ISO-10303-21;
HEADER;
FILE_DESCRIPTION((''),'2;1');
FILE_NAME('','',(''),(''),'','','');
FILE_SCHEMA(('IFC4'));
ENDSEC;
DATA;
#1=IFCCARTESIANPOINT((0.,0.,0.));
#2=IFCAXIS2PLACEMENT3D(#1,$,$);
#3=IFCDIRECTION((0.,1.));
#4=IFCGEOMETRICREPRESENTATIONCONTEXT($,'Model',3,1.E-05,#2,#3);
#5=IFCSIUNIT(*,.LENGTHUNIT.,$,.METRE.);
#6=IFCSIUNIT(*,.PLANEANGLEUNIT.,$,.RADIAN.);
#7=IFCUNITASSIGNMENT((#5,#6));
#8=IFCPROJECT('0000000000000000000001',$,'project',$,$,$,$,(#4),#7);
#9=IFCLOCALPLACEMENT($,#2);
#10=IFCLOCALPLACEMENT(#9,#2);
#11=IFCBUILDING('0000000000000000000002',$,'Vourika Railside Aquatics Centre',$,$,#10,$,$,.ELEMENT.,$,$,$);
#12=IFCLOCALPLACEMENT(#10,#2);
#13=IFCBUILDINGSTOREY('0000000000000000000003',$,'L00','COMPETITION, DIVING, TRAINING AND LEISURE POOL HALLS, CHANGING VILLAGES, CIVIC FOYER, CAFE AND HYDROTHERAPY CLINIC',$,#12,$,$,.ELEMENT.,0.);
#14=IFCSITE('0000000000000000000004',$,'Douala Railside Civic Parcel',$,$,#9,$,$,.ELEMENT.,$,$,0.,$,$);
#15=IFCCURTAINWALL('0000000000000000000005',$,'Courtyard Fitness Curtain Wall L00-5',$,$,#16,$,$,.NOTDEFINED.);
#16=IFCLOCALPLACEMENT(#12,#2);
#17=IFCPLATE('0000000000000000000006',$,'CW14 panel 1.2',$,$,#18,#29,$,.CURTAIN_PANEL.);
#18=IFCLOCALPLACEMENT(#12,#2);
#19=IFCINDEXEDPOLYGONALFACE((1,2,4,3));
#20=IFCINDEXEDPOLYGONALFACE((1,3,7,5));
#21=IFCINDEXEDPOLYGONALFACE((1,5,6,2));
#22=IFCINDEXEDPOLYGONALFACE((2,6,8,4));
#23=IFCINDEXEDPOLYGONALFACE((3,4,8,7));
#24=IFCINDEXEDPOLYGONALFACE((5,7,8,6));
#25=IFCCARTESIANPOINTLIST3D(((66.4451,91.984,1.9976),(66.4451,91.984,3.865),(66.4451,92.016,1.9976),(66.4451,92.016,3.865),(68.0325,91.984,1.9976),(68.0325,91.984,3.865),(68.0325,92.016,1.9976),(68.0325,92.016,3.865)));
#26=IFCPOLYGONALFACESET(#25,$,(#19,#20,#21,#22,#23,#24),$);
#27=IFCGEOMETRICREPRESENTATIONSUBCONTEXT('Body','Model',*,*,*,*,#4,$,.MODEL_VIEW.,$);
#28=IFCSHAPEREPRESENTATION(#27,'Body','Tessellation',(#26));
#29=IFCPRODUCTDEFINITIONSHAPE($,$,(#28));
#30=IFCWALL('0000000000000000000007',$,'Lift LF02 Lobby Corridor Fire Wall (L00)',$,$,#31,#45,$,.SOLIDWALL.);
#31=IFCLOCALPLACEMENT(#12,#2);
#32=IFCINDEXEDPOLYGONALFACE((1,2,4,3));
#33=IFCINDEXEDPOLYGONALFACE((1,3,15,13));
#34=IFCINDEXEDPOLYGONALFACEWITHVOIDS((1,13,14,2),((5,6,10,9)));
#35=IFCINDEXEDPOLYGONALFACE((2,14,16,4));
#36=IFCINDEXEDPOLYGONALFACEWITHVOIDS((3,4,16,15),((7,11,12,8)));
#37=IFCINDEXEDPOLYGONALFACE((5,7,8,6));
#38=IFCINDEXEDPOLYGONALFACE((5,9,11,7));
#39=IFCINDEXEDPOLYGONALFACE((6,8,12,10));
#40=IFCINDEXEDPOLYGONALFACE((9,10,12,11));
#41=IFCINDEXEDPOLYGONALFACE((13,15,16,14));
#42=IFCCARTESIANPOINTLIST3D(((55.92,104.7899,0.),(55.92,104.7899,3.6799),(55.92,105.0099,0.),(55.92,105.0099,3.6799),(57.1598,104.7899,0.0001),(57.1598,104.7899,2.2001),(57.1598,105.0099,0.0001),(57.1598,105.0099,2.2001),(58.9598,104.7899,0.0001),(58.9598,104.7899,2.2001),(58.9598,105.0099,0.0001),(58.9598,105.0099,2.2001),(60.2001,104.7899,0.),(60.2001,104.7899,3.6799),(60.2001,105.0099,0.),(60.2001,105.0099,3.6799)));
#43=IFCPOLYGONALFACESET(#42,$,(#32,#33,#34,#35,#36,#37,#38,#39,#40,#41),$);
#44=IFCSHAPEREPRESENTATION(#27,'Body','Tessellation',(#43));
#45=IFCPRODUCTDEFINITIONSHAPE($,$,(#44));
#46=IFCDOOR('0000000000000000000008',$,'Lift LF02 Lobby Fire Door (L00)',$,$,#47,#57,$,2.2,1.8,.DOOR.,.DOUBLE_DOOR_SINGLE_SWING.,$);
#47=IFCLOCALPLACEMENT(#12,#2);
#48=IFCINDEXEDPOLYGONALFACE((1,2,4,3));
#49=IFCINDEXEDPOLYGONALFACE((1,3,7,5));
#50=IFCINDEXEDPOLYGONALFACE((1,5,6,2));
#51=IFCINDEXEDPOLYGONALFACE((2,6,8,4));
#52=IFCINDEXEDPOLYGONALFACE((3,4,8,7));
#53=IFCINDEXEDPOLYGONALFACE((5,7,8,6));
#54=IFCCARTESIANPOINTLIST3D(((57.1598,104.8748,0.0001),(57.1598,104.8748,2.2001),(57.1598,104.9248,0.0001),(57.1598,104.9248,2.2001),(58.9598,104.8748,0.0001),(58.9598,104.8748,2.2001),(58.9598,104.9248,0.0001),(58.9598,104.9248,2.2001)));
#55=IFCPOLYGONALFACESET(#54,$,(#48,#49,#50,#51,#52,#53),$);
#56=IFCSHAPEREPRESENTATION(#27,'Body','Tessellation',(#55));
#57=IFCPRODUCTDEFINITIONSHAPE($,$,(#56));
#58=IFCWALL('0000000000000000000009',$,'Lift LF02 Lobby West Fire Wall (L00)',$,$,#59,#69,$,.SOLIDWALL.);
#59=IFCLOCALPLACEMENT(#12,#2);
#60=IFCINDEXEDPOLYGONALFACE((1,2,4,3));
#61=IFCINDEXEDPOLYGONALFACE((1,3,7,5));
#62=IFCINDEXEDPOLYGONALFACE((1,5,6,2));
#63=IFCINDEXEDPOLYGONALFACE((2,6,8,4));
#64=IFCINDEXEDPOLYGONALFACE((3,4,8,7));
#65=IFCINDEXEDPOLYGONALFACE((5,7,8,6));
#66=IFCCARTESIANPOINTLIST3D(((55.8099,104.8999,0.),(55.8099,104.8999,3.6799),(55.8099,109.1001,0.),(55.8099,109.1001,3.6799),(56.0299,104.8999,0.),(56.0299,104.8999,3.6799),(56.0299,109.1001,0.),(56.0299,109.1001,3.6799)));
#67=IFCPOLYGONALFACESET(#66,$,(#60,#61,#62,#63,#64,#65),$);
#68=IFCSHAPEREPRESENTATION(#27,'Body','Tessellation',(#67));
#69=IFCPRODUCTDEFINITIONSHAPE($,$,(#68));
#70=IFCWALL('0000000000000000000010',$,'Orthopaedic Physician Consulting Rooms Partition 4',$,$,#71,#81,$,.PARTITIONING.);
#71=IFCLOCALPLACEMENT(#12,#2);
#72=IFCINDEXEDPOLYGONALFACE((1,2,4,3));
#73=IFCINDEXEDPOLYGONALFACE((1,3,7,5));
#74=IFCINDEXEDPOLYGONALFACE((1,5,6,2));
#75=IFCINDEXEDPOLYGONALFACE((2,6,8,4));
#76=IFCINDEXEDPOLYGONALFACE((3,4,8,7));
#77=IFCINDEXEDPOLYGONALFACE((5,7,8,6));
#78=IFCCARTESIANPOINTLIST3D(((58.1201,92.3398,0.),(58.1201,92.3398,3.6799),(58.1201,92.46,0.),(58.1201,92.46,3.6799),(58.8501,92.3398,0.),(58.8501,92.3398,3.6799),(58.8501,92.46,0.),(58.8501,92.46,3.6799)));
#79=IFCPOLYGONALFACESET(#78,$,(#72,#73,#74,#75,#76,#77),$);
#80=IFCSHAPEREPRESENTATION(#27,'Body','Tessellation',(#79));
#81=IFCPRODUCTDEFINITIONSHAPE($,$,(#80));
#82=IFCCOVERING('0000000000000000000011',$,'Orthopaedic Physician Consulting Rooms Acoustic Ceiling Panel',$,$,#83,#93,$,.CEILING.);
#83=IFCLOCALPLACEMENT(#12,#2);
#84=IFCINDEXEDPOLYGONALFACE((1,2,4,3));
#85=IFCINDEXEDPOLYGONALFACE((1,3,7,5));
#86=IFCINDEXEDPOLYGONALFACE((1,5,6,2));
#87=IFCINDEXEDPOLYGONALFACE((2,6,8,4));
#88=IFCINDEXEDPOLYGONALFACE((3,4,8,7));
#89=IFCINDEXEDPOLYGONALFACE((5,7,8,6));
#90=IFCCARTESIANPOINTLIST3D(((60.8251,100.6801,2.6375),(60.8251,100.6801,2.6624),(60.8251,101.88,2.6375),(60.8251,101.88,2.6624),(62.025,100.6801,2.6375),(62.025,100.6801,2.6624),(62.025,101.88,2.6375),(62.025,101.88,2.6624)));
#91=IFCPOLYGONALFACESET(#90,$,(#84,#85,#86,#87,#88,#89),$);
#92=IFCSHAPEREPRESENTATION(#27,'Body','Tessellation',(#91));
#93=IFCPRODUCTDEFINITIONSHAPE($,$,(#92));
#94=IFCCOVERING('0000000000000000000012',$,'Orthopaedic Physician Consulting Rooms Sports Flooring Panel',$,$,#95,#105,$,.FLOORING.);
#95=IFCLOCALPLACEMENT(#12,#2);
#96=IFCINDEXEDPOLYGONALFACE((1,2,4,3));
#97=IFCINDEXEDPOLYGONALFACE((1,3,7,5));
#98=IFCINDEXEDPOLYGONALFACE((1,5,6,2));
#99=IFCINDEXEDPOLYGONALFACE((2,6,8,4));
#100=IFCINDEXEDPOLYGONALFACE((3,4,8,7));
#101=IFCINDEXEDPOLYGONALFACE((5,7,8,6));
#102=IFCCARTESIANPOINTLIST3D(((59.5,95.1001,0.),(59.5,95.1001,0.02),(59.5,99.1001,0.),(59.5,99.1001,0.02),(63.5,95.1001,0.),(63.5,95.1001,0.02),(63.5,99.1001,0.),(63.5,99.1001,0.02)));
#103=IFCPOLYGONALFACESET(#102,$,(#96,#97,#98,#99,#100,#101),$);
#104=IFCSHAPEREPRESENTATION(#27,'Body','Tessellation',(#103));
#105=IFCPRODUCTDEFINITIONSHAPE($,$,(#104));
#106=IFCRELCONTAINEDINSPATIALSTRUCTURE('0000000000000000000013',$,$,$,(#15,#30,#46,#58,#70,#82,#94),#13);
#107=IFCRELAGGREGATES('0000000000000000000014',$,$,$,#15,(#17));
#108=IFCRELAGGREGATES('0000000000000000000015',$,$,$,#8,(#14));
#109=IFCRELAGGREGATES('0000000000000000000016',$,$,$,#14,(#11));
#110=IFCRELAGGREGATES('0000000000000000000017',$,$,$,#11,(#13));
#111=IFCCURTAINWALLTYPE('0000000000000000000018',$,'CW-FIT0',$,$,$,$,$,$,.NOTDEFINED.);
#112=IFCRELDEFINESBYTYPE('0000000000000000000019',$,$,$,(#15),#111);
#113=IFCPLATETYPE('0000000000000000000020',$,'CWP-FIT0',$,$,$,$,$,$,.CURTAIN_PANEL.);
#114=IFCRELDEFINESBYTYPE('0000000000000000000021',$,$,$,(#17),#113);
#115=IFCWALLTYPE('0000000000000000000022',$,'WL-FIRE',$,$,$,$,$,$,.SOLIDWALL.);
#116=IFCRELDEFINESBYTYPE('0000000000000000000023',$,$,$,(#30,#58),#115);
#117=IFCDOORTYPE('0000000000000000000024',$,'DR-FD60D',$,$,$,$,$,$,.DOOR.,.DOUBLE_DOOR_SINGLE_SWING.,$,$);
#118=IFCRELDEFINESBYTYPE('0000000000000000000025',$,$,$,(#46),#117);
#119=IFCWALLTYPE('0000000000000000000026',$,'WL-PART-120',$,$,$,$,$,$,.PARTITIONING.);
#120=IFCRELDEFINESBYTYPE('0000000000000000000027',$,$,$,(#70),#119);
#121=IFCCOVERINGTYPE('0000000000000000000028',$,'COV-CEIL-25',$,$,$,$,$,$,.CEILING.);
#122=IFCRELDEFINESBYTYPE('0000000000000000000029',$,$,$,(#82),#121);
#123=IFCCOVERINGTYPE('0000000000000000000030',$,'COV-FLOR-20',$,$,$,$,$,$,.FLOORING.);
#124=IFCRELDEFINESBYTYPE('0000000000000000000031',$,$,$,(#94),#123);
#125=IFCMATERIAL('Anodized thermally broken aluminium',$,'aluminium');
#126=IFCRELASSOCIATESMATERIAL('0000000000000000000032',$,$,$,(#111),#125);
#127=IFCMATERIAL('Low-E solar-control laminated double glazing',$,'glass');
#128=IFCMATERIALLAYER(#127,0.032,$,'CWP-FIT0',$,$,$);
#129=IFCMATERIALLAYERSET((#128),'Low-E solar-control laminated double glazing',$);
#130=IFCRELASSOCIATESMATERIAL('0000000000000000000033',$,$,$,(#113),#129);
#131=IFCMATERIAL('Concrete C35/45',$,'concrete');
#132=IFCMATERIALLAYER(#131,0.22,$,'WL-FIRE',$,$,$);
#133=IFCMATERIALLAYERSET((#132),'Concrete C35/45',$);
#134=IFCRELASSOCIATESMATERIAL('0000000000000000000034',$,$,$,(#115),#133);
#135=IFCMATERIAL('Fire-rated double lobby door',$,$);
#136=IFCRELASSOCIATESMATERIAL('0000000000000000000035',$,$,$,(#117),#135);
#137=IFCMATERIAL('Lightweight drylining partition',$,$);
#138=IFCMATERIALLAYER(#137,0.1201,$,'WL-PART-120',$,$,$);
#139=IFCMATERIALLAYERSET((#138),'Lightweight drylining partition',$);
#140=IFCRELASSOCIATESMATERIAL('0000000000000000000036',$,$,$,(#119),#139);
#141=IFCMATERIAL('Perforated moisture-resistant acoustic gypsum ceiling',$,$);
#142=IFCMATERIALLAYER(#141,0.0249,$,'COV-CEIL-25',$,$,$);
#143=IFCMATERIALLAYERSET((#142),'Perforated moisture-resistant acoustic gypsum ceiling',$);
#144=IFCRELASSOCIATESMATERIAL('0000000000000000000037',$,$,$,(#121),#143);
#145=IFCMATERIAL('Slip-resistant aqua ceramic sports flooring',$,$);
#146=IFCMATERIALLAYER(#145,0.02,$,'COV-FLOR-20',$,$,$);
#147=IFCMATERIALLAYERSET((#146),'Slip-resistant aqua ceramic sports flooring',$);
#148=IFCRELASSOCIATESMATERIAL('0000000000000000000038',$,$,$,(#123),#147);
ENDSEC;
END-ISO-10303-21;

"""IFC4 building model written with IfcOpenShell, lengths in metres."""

from ifc_helpers import new_model, si_unit, direction, frame, frame_2d, origin, origin_2d, place, context, subcontext, project, spatial, rectangle, extrude, material, layer, layer_set, type_object, element, fill, aggregate, save


model = new_model("IFC4")

# Units and contexts
model_context = context("Model", 3, precision=1e-05, world=origin(), true_north=direction((0.0, 1.0)))
body_context = subcontext(model_context, "Body", "Model", "MODEL_VIEW")
ifc_project = project(units=[si_unit("LENGTHUNIT", "METRE"), si_unit("PLANEANGLEUNIT", "RADIAN")], contexts=[model_context])

# Site, building, storey
site_placement = place(None, origin())
site = spatial("IfcSite", under=ifc_project, at=site_placement, Name="Douala Railside Civic Parcel", CompositionType="ELEMENT", RefElevation=0.0)
building_placement = place(site_placement, origin())
building = spatial("IfcBuilding", under=site, at=building_placement, Name="Vourika Railside Aquatics Centre", CompositionType="ELEMENT")
storey_placement = place(building_placement, origin())
storey = spatial("IfcBuildingStorey", under=building, at=storey_placement, Name="L00", Description="COMPETITION, DIVING, TRAINING AND LEISURE POOL HALLS, CHANGING VILLAGES, CIVIC FOYER, CAFE AND HYDROTHERAPY CLINIC", CompositionType="ELEMENT", Elevation=0.0)

# Shared definitions
ifc_material_1 = material(Name="Concrete C35/45", Category="concrete")

# Curtain wall, plate
ifc_material_2 = material(Name="Anodized thermally broken aluminium", Category="aluminium")
curtain_wall_type = type_object("IfcCurtainWallType", Name="CW-FIT0", PredefinedType="NOTDEFINED", material=ifc_material_2)
curtain_wall_placement = place(storey_placement, origin())
curtain_wall = element("IfcCurtainWall", 1, at=curtain_wall_placement, inside=storey, type_object=curtain_wall_type, Name="Courtyard Fitness Curtain Wall L00-5", PredefinedType="NOTDEFINED")
ifc_material_3 = material(Name="Low-E solar-control laminated double glazing", Category="glass")
ifc_layer_1 = layer(ifc_material_3, 0.032, Name="CWP-FIT0")
ifc_layer_set_1 = layer_set([ifc_layer_1], Name="Low-E solar-control laminated double glazing")
plate_type = type_object("IfcPlateType", Name="CWP-FIT0", PredefinedType="CURTAIN_PANEL", material=ifc_layer_set_1)
plate_1_placement = place(storey_placement, frame((67.2388, 92.0, 1.9976), z_axis=(0.0, 0.0, 1.0), x_axis=(1.0, 0.0, 0.0)))
plate_1 = element("IfcPlate", 2, at=plate_1_placement, type_object=plate_type, Name="CW14 panel 1.2", PredefinedType="CURTAIN_PANEL", context=body_context, shape_type="SweptSolid", body=[
    extrude(rectangle(XDim=1.5874, YDim=0.032, at=origin_2d()), origin(), (0.0, 0.0, 1.0), 1.8674),
])
aggregate(curtain_wall, [plate_1])

# Wall, opening, door
ifc_layer_2 = layer(ifc_material_1, 0.22, Name="WL-FIRE")
ifc_layer_set_2 = layer_set([ifc_layer_2], Name="Concrete C35/45")
wall_type_1 = type_object("IfcWallType", Name="WL-FIRE", PredefinedType="SOLIDWALL", material=ifc_layer_set_2)
wall_1_placement = place(storey_placement, frame((55.9199, 104.8999, 0.0), z_axis=(0.0, 0.0, 1.0), x_axis=(1.0, 0.0, 0.0)))
wall_1 = element("IfcWall", 3, at=wall_1_placement, inside=storey, type_object=wall_type_1, Name="Lift LF02 Lobby Corridor Fire Wall (L00)", PredefinedType="SOLIDWALL", context=body_context, shape_type="SweptSolid", body=[
    extrude(rectangle(XDim=4.28, YDim=0.22, at=frame_2d((2.1401, 0.0))), origin(), (0.0, 0.0, 1.0), 3.6799),
])
opening_placement = place(wall_1_placement, frame((1.24, 0.0, 0.0)))
opening = element("IfcOpeningElement", 4, at=opening_placement, cuts=wall_1, PredefinedType="OPENING", context=body_context, shape_type="SweptSolid", body=[
    extrude(rectangle(XDim=1.8, YDim=2.2, at=frame_2d((0.8999, 1.1001))), frame((0.0, 0.1201, 0.0), z_axis=(0.0, -1.0, 0.0), x_axis=(1.0, 0.0, 0.0)), (0.0, 0.0, 1.0), 0.24),
])
ifc_material_4 = material(Name="Fire-rated double lobby door")
door_type = type_object("IfcDoorType", Name="DR-FD60D", OperationType="DOUBLE_DOOR_SINGLE_SWING", PredefinedType="DOOR", material=ifc_material_4)
door_placement = place(opening_placement, origin())
door = element("IfcDoor", 5, at=door_placement, inside=storey, type_object=door_type, Name="Lift LF02 Lobby Fire Door (L00)", OperationType="DOUBLE_DOOR_SINGLE_SWING", OverallHeight=2.2, OverallWidth=1.8, PredefinedType="DOOR", context=body_context, shape_type="SweptSolid", body=[
    extrude(rectangle(XDim=1.8, YDim=2.2, at=frame_2d((0.8999, 1.1001))), frame((0.0, 0.0249, 0.0), z_axis=(0.0, -1.0, 0.0), x_axis=(1.0, 0.0, 0.0)), (0.0, 0.0, 1.0), 0.05),
])
fill(opening, door)

# Walls
wall_2_placement = place(storey_placement, frame((55.9199, 104.8999, 0.0), z_axis=(0.0, 0.0, 1.0), x_axis=(0.0, 1.0, 0.0)))
element("IfcWall", 6, at=wall_2_placement, inside=storey, type_object=wall_type_1, Name="Lift LF02 Lobby West Fire Wall (L00)", PredefinedType="SOLIDWALL", context=body_context, shape_type="SweptSolid", body=[
    extrude(rectangle(XDim=4.2002, YDim=0.22, at=frame_2d((2.1001, 0.0))), origin(), (0.0, 0.0, 1.0), 3.6799),
])
ifc_material_5 = material(Name="Lightweight drylining partition")
ifc_layer_3 = layer(ifc_material_5, 0.1201, Name="WL-PART-120")
ifc_layer_set_3 = layer_set([ifc_layer_3], Name="Lightweight drylining partition")
wall_type_2 = type_object("IfcWallType", Name="WL-PART-120", PredefinedType="PARTITIONING", material=ifc_layer_set_3)
wall_3_placement = place(storey_placement, frame((58.8501, 92.3999, 0.0), z_axis=(0.0, 0.0, 1.0), x_axis=(-1.0, 0.0, 0.0)))
element("IfcWall", 7, at=wall_3_placement, inside=storey, type_object=wall_type_2, Name="Orthopaedic Physician Consulting Rooms Partition 4", PredefinedType="PARTITIONING", context=body_context, shape_type="SweptSolid", body=[
    extrude(rectangle(XDim=0.73, YDim=0.1201, at=frame_2d((0.365, 0.0))), origin(), (0.0, 0.0, 1.0), 3.6799),
])

# Coverings
ifc_material_6 = material(Name="Perforated moisture-resistant acoustic gypsum ceiling")
ifc_layer_4 = layer(ifc_material_6, 0.0249, Name="COV-CEIL-25")
ifc_layer_set_4 = layer_set([ifc_layer_4], Name="Perforated moisture-resistant acoustic gypsum ceiling")
covering_type_1 = type_object("IfcCoveringType", Name="COV-CEIL-25", PredefinedType="CEILING", material=ifc_layer_set_4)
covering_1_placement = place(storey_placement, frame((61.425, 101.28, 2.6375), z_axis=(0.0, 0.0, 1.0), x_axis=(1.0, 0.0, 0.0)))
element("IfcCovering", 8, at=covering_1_placement, inside=storey, type_object=covering_type_1, Name="Orthopaedic Physician Consulting Rooms Acoustic Ceiling Panel", PredefinedType="CEILING", context=body_context, shape_type="SweptSolid", body=[
    extrude(rectangle(XDim=1.2, YDim=1.2, at=origin_2d()), origin(), (0.0, 0.0, 1.0), 0.0249),
])
ifc_material_7 = material(Name="Slip-resistant aqua ceramic sports flooring")
ifc_layer_5 = layer(ifc_material_7, 0.02, Name="COV-FLOR-20")
ifc_layer_set_5 = layer_set([ifc_layer_5], Name="Slip-resistant aqua ceramic sports flooring")
covering_type_2 = type_object("IfcCoveringType", Name="COV-FLOR-20", PredefinedType="FLOORING", material=ifc_layer_set_5)
covering_2_placement = place(storey_placement, frame((61.5, 97.1001, 0.0), z_axis=(0.0, 0.0, 1.0), x_axis=(1.0, 0.0, 0.0)))
element("IfcCovering", 9, at=covering_2_placement, inside=storey, type_object=covering_type_2, Name="Orthopaedic Physician Consulting Rooms Sports Flooring Panel", PredefinedType="FLOORING", context=body_context, shape_type="SweptSolid", body=[
    extrude(rectangle(XDim=4.0, YDim=4.0, at=origin_2d()), origin(), (0.0, 0.0, 1.0), 0.02),
])

save(model, "model.ifc")
